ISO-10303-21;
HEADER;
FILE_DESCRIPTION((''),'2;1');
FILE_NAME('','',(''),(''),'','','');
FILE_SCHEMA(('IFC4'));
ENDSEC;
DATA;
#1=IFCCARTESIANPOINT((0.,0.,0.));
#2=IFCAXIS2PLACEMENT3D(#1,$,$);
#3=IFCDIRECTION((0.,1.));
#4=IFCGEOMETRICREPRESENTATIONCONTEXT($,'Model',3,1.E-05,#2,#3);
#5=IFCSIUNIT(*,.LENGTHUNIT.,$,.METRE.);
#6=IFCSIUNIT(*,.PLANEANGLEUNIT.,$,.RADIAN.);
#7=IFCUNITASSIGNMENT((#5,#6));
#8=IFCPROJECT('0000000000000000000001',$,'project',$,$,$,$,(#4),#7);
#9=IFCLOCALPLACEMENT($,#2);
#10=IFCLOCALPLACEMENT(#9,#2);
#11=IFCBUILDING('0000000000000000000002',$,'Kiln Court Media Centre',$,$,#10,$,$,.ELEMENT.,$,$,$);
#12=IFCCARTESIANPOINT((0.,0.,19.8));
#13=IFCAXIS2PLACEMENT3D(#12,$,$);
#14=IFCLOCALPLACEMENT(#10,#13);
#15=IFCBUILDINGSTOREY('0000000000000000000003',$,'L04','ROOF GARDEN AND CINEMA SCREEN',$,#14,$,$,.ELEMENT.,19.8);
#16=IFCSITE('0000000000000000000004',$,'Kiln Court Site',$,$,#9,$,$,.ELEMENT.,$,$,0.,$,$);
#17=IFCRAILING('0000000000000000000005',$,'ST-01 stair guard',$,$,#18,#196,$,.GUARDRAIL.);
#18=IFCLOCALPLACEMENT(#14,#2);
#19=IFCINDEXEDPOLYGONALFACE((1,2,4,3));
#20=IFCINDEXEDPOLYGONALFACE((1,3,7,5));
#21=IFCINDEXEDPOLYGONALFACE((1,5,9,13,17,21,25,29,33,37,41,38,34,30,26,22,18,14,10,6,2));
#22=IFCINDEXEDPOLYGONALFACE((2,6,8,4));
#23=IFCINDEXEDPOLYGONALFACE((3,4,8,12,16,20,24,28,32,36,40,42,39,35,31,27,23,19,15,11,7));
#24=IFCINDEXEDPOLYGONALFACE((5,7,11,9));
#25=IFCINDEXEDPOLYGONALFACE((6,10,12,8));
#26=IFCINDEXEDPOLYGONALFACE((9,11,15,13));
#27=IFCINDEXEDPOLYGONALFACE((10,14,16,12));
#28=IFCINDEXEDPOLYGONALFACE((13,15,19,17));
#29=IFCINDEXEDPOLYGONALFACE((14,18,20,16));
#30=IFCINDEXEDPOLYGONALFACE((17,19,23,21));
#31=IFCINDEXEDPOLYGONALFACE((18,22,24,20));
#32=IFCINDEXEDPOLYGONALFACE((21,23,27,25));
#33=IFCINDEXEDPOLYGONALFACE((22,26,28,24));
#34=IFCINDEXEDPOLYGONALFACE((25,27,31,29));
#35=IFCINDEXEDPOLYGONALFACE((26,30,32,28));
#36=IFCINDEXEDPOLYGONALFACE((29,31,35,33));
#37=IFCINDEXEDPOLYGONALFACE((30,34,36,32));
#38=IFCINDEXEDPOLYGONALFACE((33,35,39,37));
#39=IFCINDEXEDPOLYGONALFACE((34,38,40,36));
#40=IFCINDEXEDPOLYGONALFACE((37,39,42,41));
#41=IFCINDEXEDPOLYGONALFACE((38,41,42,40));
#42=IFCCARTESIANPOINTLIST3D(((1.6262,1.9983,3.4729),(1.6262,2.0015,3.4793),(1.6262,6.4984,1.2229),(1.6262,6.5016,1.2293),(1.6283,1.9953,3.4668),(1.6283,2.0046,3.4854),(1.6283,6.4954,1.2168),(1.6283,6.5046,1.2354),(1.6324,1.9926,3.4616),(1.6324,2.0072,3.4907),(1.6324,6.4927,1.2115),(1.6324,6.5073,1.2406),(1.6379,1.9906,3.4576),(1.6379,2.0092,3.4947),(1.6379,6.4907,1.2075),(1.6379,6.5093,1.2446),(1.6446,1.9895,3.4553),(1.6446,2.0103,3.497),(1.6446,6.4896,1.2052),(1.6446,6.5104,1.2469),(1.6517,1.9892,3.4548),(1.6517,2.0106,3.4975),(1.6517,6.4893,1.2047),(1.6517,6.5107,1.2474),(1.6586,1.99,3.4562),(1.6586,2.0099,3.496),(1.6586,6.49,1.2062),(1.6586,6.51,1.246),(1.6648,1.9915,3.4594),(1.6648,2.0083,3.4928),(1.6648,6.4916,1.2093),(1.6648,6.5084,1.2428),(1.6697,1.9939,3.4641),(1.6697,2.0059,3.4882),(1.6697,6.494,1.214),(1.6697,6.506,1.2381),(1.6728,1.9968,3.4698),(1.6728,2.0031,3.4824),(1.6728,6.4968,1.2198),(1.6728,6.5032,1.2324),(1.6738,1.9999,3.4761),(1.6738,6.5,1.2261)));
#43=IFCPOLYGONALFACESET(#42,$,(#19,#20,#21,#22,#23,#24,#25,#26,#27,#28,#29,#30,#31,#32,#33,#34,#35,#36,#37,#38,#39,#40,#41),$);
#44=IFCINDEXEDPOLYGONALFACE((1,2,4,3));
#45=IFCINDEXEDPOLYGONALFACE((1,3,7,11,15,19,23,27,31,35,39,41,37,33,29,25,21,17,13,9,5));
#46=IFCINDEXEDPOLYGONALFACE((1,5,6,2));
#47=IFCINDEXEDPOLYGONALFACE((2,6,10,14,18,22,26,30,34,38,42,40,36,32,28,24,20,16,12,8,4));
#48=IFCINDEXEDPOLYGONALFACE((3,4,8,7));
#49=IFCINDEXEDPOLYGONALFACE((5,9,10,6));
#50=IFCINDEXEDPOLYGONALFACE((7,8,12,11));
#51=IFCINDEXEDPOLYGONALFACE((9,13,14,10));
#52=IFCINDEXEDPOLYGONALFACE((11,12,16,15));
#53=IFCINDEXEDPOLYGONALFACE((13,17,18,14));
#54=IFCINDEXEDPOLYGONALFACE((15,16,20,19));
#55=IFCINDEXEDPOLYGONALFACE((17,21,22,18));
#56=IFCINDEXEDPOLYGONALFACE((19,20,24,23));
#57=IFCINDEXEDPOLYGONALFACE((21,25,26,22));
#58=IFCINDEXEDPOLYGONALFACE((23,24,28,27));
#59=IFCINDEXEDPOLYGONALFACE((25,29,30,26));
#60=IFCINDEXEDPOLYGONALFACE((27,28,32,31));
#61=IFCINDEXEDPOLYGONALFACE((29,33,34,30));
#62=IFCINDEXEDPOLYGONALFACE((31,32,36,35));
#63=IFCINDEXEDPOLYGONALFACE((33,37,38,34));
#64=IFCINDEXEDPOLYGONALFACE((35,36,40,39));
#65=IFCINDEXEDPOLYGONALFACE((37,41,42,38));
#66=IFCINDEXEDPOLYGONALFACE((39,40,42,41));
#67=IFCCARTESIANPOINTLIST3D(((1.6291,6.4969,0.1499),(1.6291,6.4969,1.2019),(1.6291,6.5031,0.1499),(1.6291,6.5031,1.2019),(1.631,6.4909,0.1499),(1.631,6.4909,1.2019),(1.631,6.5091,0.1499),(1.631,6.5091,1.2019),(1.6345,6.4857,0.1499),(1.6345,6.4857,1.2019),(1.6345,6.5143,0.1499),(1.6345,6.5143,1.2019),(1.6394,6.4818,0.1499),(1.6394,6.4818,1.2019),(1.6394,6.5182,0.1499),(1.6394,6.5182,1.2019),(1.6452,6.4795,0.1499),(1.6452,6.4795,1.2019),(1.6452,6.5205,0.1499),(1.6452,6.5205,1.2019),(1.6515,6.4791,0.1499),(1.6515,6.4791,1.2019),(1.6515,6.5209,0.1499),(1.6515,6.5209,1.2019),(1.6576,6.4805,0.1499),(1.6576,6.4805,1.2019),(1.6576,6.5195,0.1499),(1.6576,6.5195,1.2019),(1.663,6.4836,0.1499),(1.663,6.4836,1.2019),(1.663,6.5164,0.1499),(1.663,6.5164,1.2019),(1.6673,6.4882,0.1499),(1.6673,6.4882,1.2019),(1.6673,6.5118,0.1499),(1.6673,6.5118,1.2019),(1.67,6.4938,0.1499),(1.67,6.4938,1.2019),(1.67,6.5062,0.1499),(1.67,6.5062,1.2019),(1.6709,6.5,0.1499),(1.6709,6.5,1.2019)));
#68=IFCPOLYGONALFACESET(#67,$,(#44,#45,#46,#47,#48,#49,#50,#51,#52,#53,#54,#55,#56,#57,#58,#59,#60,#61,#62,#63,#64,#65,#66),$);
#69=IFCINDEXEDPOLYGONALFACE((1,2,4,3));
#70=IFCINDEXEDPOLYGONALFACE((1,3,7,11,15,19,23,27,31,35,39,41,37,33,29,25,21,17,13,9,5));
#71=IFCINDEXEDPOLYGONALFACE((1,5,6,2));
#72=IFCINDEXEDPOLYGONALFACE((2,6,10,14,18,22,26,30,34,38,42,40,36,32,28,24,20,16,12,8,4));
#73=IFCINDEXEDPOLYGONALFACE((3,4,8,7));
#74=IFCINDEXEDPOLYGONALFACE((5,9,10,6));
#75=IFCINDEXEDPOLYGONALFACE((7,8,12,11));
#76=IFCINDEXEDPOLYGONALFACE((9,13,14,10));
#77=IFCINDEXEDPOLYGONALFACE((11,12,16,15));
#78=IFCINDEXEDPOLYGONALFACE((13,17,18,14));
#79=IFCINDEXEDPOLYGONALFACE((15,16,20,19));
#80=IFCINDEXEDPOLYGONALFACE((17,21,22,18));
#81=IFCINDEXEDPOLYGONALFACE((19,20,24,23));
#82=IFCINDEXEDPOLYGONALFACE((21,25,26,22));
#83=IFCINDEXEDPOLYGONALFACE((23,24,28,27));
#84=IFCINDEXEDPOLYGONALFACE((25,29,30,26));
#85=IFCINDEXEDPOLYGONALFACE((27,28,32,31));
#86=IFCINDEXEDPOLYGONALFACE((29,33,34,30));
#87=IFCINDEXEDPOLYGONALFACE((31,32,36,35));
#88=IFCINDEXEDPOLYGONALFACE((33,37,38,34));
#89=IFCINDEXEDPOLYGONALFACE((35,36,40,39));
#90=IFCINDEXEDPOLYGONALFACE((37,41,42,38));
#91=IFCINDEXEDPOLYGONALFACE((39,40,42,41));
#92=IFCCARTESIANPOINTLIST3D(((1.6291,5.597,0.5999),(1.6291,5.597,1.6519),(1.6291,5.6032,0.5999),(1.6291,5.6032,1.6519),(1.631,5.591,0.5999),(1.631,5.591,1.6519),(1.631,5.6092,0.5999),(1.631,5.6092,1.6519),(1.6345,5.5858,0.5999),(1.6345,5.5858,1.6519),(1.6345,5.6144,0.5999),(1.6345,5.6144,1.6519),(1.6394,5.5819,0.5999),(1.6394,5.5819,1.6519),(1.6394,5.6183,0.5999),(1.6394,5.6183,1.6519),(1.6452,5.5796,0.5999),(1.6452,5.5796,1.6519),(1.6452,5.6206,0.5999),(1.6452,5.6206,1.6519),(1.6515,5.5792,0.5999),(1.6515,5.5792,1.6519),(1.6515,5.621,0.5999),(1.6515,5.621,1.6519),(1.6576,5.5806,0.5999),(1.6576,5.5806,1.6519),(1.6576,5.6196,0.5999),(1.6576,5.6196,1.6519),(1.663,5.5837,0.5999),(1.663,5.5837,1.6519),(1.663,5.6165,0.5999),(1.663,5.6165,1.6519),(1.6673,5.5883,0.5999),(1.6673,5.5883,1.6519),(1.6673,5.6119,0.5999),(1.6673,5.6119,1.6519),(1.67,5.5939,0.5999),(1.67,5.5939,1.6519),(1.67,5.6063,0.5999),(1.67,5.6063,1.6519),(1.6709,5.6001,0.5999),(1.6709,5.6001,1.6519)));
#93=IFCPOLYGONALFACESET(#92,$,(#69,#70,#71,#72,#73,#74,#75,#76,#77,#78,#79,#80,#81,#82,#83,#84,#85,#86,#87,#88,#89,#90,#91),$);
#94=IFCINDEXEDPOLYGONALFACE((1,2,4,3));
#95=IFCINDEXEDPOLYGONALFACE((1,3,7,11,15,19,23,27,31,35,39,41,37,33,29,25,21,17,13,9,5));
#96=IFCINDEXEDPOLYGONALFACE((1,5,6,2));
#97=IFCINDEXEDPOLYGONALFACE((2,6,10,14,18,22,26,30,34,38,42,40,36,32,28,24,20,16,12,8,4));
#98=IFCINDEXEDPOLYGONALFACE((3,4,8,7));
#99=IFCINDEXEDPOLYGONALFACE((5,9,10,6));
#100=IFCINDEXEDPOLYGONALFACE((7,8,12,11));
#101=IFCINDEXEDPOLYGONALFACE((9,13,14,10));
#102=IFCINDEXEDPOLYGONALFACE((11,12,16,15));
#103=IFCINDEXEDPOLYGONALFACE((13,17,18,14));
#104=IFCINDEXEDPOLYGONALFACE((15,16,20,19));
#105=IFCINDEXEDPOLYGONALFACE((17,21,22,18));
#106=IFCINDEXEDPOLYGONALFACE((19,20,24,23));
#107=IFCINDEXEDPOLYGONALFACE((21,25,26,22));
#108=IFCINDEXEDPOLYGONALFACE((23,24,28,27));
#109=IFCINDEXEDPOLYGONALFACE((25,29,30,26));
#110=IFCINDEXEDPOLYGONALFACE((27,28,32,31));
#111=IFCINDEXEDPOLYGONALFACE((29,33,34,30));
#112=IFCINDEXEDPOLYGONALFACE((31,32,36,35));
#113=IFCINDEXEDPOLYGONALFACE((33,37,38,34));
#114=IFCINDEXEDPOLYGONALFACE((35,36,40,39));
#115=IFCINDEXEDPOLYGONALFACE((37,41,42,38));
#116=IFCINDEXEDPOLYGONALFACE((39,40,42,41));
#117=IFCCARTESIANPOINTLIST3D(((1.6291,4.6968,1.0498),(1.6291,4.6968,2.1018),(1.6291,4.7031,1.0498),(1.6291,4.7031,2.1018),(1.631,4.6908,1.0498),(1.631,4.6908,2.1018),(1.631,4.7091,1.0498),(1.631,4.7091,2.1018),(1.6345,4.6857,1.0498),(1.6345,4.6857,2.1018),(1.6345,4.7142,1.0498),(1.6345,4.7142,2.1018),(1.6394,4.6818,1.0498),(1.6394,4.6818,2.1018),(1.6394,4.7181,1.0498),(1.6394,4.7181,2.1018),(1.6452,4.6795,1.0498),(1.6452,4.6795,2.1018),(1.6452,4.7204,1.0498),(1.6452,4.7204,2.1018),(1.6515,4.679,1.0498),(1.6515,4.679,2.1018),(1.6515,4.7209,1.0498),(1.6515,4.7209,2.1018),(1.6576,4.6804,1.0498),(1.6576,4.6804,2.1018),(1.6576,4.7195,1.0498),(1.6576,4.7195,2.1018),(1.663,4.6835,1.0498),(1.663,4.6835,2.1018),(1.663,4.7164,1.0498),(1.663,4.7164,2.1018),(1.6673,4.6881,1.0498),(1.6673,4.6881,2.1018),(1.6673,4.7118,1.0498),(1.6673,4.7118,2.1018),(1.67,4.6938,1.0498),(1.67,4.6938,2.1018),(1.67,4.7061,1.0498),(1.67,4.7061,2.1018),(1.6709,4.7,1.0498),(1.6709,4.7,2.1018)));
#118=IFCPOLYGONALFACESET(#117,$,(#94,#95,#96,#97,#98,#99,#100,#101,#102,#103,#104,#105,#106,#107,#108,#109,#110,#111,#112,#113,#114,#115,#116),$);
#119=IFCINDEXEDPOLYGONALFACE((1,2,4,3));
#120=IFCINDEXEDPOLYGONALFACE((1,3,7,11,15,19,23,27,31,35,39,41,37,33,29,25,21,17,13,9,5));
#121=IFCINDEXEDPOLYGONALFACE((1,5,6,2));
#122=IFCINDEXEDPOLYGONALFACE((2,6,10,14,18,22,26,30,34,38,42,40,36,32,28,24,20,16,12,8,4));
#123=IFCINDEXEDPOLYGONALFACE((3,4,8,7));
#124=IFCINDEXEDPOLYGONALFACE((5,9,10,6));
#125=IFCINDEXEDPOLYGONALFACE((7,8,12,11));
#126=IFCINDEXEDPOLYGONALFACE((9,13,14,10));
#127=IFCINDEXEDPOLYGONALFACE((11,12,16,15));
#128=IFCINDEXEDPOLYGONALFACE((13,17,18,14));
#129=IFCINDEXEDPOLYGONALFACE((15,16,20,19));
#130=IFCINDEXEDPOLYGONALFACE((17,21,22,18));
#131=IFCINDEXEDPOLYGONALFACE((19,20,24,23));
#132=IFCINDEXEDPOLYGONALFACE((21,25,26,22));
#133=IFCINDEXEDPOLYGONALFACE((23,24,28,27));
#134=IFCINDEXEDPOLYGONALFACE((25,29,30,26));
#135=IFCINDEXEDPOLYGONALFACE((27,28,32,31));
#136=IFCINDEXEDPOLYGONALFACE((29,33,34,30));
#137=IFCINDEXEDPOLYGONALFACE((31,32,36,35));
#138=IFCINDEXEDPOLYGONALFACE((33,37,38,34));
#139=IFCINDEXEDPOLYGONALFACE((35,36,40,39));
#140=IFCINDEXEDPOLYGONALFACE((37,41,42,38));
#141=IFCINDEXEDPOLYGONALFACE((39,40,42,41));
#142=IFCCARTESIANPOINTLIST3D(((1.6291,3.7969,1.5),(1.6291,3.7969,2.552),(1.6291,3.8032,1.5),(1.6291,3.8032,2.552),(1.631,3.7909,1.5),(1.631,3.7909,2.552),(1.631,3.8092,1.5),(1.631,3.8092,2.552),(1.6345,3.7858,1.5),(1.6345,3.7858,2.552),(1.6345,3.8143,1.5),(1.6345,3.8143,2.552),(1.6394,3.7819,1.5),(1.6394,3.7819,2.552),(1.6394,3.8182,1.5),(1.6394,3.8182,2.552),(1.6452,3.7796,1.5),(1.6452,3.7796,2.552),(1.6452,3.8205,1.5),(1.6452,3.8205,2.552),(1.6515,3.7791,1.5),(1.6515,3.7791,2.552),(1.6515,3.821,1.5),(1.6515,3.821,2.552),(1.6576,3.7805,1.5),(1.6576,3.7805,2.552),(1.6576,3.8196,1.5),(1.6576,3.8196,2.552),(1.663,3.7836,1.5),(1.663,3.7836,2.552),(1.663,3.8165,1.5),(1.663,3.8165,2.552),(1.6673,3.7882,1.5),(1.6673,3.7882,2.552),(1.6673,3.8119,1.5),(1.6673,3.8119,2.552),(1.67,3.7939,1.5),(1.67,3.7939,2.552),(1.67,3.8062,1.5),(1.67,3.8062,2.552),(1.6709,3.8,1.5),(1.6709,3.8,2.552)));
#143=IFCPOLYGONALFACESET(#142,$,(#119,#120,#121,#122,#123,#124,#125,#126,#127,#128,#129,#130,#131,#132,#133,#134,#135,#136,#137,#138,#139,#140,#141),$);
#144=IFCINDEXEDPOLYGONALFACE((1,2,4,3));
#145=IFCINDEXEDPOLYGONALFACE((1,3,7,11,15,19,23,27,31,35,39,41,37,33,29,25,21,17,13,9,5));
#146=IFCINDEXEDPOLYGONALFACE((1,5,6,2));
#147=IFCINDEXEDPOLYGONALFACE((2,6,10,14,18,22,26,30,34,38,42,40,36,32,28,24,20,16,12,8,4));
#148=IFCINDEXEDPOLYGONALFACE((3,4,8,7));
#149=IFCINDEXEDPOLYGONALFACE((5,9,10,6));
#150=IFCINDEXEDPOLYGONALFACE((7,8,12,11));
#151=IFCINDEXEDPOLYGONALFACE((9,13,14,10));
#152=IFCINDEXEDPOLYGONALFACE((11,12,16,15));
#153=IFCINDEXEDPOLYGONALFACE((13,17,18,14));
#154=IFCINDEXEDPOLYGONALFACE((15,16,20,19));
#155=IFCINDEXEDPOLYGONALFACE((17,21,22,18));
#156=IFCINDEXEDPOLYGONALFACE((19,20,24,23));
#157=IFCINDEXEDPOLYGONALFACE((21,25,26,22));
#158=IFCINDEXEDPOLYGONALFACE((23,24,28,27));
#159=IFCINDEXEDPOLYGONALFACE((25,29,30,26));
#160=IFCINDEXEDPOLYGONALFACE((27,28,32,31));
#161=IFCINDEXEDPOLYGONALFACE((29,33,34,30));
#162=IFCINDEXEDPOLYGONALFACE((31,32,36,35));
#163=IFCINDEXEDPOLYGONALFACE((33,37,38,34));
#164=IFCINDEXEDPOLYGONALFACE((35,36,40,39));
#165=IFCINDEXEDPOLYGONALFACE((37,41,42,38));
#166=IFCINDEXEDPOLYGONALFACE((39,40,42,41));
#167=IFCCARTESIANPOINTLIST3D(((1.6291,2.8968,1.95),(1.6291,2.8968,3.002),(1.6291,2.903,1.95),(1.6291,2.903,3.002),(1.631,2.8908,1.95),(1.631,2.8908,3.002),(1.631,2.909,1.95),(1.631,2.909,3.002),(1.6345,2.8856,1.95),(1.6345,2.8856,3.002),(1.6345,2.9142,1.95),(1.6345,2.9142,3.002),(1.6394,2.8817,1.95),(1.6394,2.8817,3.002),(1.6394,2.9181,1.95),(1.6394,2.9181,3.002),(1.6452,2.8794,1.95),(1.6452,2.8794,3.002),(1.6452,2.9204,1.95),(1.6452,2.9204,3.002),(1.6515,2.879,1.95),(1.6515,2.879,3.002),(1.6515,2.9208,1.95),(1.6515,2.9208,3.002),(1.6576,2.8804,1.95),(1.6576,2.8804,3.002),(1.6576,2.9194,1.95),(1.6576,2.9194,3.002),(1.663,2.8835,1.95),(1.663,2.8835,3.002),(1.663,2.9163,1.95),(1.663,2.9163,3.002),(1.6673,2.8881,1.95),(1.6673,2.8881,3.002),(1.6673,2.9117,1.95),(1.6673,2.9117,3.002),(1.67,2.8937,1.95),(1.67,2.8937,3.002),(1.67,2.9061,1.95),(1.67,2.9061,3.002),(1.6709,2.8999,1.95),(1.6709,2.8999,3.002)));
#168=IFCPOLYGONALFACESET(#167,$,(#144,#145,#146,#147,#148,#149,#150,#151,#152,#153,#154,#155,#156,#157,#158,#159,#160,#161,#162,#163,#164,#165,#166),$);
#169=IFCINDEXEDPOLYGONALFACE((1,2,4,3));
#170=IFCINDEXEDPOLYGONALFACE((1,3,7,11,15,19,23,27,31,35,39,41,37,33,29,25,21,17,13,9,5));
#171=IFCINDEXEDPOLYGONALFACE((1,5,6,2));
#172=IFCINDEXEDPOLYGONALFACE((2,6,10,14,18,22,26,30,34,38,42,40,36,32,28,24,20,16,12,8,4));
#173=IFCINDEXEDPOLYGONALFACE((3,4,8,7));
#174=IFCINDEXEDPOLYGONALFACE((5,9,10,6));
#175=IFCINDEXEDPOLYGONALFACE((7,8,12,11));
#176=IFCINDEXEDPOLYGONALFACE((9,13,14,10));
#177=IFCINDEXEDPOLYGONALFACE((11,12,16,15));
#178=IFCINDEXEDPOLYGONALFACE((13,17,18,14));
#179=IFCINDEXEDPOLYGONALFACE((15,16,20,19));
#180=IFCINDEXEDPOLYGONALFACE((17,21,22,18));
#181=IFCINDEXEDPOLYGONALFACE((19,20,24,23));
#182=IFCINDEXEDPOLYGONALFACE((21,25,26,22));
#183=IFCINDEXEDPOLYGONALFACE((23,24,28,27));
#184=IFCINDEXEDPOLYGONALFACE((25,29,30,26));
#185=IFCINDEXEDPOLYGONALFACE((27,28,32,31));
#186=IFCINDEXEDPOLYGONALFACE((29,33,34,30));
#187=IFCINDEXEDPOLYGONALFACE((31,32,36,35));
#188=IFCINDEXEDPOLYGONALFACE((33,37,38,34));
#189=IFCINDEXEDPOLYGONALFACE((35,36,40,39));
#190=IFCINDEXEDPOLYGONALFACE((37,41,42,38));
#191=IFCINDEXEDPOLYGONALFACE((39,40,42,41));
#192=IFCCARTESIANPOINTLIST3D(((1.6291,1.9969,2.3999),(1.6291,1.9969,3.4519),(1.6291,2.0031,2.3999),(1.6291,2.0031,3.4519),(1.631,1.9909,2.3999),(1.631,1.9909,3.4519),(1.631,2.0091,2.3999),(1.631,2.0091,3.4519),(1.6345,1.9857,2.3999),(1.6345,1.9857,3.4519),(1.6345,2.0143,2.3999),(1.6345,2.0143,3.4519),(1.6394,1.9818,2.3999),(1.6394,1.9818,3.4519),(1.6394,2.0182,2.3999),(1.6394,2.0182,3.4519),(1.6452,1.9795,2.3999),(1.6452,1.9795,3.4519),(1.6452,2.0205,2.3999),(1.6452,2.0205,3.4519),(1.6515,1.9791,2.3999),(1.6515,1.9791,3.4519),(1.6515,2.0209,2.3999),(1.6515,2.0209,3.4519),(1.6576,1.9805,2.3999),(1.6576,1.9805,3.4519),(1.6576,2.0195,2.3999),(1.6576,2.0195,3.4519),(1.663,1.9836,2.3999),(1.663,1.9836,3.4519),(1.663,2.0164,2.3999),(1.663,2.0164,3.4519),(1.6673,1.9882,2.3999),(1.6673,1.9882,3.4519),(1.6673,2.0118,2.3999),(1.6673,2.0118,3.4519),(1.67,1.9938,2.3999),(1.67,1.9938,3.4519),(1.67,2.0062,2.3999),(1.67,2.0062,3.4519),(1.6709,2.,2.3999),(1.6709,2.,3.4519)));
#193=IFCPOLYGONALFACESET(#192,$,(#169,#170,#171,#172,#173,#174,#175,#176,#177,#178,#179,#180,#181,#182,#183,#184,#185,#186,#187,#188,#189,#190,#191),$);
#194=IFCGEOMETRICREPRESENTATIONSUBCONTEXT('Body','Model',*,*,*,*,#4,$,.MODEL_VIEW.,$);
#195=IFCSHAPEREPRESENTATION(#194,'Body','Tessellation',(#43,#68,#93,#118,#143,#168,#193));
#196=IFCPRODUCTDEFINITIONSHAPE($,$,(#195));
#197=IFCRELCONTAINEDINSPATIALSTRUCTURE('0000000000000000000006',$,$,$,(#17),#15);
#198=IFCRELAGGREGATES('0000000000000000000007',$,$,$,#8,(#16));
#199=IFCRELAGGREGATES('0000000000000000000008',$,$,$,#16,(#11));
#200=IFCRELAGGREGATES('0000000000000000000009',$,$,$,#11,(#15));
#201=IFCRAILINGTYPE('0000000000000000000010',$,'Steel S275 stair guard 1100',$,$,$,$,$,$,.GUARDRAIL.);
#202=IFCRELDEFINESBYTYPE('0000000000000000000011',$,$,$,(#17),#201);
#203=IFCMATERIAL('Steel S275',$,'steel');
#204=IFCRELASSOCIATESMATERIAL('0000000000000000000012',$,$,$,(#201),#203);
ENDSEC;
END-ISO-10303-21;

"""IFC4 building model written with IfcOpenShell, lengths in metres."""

from ifc_helpers import new_model, si_unit, direction, frame, origin, origin_2d, place, context, subcontext, project, spatial, circle, extrude, material, type_object, element, save


model = new_model("IFC4")

# Units and contexts
model_context = context("Model", 3, precision=1e-05, world=origin(), true_north=direction((0.0, 1.0)))
body_context = subcontext(model_context, "Body", "Model", "MODEL_VIEW")
ifc_project = project(units=[si_unit("LENGTHUNIT", "METRE"), si_unit("PLANEANGLEUNIT", "RADIAN")], contexts=[model_context])

# Site, building, storey
site_placement = place(None, origin())
site = spatial("IfcSite", under=ifc_project, at=site_placement, Name="Kiln Court Site", CompositionType="ELEMENT", RefElevation=0.0)
building_placement = place(site_placement, origin())
building = spatial("IfcBuilding", under=site, at=building_placement, Name="Kiln Court Media Centre", CompositionType="ELEMENT")
storey_placement = place(building_placement, frame((0.0, 0.0, 19.8)))
storey = spatial("IfcBuildingStorey", under=building, at=storey_placement, Name="L04", Description="ROOF GARDEN AND CINEMA SCREEN", CompositionType="ELEMENT", Elevation=19.8)

# Railing
ifc_material_1 = material(Name="Steel S275", Category="steel")
railing_type_1 = type_object("IfcRailingType", Name="Steel S275 stair guard 1100", PredefinedType="GUARDRAIL", material=ifc_material_1)
railing_1_placement = place(storey_placement, frame((1.6499, 6.5, 0.1499)))
element("IfcRailing", 1, at=railing_1_placement, inside=storey, type_object=railing_type_1, Name="ST-01 stair guard", PredefinedType="GUARDRAIL", context=body_context, shape_type="SweptSolid", body=[
    extrude(circle(Radius=0.0239, at=origin_2d()), frame((0.0, 0.0, 1.0762), z_axis=(0.0, -0.894427, 0.447214), x_axis=(1.0, 0.0, 0.0)), (0.0, 0.0, 1.0), 5.0312),
    extrude(circle(Radius=0.021, at=origin_2d()), origin(), (0.0, 0.0, 1.0), 1.052),
    extrude(circle(Radius=0.021, at=origin_2d()), frame((0.0, -0.8999, 0.45)), (0.0, 0.0, 1.0), 1.052),
    extrude(circle(Radius=0.021, at=origin_2d()), frame((0.0, -1.8, 0.8999)), (0.0, 0.0, 1.0), 1.052),
    extrude(circle(Radius=0.021, at=origin_2d()), frame((0.0, -2.7, 1.3501)), (0.0, 0.0, 1.0), 1.052),
    extrude(circle(Radius=0.021, at=origin_2d()), frame((0.0, -3.6001, 1.8)), (0.0, 0.0, 1.0), 1.052),
    extrude(circle(Radius=0.021, at=origin_2d()), frame((0.0, -4.5, 2.25)), (0.0, 0.0, 1.0), 1.052),
])

save(model, "model.ifc")
